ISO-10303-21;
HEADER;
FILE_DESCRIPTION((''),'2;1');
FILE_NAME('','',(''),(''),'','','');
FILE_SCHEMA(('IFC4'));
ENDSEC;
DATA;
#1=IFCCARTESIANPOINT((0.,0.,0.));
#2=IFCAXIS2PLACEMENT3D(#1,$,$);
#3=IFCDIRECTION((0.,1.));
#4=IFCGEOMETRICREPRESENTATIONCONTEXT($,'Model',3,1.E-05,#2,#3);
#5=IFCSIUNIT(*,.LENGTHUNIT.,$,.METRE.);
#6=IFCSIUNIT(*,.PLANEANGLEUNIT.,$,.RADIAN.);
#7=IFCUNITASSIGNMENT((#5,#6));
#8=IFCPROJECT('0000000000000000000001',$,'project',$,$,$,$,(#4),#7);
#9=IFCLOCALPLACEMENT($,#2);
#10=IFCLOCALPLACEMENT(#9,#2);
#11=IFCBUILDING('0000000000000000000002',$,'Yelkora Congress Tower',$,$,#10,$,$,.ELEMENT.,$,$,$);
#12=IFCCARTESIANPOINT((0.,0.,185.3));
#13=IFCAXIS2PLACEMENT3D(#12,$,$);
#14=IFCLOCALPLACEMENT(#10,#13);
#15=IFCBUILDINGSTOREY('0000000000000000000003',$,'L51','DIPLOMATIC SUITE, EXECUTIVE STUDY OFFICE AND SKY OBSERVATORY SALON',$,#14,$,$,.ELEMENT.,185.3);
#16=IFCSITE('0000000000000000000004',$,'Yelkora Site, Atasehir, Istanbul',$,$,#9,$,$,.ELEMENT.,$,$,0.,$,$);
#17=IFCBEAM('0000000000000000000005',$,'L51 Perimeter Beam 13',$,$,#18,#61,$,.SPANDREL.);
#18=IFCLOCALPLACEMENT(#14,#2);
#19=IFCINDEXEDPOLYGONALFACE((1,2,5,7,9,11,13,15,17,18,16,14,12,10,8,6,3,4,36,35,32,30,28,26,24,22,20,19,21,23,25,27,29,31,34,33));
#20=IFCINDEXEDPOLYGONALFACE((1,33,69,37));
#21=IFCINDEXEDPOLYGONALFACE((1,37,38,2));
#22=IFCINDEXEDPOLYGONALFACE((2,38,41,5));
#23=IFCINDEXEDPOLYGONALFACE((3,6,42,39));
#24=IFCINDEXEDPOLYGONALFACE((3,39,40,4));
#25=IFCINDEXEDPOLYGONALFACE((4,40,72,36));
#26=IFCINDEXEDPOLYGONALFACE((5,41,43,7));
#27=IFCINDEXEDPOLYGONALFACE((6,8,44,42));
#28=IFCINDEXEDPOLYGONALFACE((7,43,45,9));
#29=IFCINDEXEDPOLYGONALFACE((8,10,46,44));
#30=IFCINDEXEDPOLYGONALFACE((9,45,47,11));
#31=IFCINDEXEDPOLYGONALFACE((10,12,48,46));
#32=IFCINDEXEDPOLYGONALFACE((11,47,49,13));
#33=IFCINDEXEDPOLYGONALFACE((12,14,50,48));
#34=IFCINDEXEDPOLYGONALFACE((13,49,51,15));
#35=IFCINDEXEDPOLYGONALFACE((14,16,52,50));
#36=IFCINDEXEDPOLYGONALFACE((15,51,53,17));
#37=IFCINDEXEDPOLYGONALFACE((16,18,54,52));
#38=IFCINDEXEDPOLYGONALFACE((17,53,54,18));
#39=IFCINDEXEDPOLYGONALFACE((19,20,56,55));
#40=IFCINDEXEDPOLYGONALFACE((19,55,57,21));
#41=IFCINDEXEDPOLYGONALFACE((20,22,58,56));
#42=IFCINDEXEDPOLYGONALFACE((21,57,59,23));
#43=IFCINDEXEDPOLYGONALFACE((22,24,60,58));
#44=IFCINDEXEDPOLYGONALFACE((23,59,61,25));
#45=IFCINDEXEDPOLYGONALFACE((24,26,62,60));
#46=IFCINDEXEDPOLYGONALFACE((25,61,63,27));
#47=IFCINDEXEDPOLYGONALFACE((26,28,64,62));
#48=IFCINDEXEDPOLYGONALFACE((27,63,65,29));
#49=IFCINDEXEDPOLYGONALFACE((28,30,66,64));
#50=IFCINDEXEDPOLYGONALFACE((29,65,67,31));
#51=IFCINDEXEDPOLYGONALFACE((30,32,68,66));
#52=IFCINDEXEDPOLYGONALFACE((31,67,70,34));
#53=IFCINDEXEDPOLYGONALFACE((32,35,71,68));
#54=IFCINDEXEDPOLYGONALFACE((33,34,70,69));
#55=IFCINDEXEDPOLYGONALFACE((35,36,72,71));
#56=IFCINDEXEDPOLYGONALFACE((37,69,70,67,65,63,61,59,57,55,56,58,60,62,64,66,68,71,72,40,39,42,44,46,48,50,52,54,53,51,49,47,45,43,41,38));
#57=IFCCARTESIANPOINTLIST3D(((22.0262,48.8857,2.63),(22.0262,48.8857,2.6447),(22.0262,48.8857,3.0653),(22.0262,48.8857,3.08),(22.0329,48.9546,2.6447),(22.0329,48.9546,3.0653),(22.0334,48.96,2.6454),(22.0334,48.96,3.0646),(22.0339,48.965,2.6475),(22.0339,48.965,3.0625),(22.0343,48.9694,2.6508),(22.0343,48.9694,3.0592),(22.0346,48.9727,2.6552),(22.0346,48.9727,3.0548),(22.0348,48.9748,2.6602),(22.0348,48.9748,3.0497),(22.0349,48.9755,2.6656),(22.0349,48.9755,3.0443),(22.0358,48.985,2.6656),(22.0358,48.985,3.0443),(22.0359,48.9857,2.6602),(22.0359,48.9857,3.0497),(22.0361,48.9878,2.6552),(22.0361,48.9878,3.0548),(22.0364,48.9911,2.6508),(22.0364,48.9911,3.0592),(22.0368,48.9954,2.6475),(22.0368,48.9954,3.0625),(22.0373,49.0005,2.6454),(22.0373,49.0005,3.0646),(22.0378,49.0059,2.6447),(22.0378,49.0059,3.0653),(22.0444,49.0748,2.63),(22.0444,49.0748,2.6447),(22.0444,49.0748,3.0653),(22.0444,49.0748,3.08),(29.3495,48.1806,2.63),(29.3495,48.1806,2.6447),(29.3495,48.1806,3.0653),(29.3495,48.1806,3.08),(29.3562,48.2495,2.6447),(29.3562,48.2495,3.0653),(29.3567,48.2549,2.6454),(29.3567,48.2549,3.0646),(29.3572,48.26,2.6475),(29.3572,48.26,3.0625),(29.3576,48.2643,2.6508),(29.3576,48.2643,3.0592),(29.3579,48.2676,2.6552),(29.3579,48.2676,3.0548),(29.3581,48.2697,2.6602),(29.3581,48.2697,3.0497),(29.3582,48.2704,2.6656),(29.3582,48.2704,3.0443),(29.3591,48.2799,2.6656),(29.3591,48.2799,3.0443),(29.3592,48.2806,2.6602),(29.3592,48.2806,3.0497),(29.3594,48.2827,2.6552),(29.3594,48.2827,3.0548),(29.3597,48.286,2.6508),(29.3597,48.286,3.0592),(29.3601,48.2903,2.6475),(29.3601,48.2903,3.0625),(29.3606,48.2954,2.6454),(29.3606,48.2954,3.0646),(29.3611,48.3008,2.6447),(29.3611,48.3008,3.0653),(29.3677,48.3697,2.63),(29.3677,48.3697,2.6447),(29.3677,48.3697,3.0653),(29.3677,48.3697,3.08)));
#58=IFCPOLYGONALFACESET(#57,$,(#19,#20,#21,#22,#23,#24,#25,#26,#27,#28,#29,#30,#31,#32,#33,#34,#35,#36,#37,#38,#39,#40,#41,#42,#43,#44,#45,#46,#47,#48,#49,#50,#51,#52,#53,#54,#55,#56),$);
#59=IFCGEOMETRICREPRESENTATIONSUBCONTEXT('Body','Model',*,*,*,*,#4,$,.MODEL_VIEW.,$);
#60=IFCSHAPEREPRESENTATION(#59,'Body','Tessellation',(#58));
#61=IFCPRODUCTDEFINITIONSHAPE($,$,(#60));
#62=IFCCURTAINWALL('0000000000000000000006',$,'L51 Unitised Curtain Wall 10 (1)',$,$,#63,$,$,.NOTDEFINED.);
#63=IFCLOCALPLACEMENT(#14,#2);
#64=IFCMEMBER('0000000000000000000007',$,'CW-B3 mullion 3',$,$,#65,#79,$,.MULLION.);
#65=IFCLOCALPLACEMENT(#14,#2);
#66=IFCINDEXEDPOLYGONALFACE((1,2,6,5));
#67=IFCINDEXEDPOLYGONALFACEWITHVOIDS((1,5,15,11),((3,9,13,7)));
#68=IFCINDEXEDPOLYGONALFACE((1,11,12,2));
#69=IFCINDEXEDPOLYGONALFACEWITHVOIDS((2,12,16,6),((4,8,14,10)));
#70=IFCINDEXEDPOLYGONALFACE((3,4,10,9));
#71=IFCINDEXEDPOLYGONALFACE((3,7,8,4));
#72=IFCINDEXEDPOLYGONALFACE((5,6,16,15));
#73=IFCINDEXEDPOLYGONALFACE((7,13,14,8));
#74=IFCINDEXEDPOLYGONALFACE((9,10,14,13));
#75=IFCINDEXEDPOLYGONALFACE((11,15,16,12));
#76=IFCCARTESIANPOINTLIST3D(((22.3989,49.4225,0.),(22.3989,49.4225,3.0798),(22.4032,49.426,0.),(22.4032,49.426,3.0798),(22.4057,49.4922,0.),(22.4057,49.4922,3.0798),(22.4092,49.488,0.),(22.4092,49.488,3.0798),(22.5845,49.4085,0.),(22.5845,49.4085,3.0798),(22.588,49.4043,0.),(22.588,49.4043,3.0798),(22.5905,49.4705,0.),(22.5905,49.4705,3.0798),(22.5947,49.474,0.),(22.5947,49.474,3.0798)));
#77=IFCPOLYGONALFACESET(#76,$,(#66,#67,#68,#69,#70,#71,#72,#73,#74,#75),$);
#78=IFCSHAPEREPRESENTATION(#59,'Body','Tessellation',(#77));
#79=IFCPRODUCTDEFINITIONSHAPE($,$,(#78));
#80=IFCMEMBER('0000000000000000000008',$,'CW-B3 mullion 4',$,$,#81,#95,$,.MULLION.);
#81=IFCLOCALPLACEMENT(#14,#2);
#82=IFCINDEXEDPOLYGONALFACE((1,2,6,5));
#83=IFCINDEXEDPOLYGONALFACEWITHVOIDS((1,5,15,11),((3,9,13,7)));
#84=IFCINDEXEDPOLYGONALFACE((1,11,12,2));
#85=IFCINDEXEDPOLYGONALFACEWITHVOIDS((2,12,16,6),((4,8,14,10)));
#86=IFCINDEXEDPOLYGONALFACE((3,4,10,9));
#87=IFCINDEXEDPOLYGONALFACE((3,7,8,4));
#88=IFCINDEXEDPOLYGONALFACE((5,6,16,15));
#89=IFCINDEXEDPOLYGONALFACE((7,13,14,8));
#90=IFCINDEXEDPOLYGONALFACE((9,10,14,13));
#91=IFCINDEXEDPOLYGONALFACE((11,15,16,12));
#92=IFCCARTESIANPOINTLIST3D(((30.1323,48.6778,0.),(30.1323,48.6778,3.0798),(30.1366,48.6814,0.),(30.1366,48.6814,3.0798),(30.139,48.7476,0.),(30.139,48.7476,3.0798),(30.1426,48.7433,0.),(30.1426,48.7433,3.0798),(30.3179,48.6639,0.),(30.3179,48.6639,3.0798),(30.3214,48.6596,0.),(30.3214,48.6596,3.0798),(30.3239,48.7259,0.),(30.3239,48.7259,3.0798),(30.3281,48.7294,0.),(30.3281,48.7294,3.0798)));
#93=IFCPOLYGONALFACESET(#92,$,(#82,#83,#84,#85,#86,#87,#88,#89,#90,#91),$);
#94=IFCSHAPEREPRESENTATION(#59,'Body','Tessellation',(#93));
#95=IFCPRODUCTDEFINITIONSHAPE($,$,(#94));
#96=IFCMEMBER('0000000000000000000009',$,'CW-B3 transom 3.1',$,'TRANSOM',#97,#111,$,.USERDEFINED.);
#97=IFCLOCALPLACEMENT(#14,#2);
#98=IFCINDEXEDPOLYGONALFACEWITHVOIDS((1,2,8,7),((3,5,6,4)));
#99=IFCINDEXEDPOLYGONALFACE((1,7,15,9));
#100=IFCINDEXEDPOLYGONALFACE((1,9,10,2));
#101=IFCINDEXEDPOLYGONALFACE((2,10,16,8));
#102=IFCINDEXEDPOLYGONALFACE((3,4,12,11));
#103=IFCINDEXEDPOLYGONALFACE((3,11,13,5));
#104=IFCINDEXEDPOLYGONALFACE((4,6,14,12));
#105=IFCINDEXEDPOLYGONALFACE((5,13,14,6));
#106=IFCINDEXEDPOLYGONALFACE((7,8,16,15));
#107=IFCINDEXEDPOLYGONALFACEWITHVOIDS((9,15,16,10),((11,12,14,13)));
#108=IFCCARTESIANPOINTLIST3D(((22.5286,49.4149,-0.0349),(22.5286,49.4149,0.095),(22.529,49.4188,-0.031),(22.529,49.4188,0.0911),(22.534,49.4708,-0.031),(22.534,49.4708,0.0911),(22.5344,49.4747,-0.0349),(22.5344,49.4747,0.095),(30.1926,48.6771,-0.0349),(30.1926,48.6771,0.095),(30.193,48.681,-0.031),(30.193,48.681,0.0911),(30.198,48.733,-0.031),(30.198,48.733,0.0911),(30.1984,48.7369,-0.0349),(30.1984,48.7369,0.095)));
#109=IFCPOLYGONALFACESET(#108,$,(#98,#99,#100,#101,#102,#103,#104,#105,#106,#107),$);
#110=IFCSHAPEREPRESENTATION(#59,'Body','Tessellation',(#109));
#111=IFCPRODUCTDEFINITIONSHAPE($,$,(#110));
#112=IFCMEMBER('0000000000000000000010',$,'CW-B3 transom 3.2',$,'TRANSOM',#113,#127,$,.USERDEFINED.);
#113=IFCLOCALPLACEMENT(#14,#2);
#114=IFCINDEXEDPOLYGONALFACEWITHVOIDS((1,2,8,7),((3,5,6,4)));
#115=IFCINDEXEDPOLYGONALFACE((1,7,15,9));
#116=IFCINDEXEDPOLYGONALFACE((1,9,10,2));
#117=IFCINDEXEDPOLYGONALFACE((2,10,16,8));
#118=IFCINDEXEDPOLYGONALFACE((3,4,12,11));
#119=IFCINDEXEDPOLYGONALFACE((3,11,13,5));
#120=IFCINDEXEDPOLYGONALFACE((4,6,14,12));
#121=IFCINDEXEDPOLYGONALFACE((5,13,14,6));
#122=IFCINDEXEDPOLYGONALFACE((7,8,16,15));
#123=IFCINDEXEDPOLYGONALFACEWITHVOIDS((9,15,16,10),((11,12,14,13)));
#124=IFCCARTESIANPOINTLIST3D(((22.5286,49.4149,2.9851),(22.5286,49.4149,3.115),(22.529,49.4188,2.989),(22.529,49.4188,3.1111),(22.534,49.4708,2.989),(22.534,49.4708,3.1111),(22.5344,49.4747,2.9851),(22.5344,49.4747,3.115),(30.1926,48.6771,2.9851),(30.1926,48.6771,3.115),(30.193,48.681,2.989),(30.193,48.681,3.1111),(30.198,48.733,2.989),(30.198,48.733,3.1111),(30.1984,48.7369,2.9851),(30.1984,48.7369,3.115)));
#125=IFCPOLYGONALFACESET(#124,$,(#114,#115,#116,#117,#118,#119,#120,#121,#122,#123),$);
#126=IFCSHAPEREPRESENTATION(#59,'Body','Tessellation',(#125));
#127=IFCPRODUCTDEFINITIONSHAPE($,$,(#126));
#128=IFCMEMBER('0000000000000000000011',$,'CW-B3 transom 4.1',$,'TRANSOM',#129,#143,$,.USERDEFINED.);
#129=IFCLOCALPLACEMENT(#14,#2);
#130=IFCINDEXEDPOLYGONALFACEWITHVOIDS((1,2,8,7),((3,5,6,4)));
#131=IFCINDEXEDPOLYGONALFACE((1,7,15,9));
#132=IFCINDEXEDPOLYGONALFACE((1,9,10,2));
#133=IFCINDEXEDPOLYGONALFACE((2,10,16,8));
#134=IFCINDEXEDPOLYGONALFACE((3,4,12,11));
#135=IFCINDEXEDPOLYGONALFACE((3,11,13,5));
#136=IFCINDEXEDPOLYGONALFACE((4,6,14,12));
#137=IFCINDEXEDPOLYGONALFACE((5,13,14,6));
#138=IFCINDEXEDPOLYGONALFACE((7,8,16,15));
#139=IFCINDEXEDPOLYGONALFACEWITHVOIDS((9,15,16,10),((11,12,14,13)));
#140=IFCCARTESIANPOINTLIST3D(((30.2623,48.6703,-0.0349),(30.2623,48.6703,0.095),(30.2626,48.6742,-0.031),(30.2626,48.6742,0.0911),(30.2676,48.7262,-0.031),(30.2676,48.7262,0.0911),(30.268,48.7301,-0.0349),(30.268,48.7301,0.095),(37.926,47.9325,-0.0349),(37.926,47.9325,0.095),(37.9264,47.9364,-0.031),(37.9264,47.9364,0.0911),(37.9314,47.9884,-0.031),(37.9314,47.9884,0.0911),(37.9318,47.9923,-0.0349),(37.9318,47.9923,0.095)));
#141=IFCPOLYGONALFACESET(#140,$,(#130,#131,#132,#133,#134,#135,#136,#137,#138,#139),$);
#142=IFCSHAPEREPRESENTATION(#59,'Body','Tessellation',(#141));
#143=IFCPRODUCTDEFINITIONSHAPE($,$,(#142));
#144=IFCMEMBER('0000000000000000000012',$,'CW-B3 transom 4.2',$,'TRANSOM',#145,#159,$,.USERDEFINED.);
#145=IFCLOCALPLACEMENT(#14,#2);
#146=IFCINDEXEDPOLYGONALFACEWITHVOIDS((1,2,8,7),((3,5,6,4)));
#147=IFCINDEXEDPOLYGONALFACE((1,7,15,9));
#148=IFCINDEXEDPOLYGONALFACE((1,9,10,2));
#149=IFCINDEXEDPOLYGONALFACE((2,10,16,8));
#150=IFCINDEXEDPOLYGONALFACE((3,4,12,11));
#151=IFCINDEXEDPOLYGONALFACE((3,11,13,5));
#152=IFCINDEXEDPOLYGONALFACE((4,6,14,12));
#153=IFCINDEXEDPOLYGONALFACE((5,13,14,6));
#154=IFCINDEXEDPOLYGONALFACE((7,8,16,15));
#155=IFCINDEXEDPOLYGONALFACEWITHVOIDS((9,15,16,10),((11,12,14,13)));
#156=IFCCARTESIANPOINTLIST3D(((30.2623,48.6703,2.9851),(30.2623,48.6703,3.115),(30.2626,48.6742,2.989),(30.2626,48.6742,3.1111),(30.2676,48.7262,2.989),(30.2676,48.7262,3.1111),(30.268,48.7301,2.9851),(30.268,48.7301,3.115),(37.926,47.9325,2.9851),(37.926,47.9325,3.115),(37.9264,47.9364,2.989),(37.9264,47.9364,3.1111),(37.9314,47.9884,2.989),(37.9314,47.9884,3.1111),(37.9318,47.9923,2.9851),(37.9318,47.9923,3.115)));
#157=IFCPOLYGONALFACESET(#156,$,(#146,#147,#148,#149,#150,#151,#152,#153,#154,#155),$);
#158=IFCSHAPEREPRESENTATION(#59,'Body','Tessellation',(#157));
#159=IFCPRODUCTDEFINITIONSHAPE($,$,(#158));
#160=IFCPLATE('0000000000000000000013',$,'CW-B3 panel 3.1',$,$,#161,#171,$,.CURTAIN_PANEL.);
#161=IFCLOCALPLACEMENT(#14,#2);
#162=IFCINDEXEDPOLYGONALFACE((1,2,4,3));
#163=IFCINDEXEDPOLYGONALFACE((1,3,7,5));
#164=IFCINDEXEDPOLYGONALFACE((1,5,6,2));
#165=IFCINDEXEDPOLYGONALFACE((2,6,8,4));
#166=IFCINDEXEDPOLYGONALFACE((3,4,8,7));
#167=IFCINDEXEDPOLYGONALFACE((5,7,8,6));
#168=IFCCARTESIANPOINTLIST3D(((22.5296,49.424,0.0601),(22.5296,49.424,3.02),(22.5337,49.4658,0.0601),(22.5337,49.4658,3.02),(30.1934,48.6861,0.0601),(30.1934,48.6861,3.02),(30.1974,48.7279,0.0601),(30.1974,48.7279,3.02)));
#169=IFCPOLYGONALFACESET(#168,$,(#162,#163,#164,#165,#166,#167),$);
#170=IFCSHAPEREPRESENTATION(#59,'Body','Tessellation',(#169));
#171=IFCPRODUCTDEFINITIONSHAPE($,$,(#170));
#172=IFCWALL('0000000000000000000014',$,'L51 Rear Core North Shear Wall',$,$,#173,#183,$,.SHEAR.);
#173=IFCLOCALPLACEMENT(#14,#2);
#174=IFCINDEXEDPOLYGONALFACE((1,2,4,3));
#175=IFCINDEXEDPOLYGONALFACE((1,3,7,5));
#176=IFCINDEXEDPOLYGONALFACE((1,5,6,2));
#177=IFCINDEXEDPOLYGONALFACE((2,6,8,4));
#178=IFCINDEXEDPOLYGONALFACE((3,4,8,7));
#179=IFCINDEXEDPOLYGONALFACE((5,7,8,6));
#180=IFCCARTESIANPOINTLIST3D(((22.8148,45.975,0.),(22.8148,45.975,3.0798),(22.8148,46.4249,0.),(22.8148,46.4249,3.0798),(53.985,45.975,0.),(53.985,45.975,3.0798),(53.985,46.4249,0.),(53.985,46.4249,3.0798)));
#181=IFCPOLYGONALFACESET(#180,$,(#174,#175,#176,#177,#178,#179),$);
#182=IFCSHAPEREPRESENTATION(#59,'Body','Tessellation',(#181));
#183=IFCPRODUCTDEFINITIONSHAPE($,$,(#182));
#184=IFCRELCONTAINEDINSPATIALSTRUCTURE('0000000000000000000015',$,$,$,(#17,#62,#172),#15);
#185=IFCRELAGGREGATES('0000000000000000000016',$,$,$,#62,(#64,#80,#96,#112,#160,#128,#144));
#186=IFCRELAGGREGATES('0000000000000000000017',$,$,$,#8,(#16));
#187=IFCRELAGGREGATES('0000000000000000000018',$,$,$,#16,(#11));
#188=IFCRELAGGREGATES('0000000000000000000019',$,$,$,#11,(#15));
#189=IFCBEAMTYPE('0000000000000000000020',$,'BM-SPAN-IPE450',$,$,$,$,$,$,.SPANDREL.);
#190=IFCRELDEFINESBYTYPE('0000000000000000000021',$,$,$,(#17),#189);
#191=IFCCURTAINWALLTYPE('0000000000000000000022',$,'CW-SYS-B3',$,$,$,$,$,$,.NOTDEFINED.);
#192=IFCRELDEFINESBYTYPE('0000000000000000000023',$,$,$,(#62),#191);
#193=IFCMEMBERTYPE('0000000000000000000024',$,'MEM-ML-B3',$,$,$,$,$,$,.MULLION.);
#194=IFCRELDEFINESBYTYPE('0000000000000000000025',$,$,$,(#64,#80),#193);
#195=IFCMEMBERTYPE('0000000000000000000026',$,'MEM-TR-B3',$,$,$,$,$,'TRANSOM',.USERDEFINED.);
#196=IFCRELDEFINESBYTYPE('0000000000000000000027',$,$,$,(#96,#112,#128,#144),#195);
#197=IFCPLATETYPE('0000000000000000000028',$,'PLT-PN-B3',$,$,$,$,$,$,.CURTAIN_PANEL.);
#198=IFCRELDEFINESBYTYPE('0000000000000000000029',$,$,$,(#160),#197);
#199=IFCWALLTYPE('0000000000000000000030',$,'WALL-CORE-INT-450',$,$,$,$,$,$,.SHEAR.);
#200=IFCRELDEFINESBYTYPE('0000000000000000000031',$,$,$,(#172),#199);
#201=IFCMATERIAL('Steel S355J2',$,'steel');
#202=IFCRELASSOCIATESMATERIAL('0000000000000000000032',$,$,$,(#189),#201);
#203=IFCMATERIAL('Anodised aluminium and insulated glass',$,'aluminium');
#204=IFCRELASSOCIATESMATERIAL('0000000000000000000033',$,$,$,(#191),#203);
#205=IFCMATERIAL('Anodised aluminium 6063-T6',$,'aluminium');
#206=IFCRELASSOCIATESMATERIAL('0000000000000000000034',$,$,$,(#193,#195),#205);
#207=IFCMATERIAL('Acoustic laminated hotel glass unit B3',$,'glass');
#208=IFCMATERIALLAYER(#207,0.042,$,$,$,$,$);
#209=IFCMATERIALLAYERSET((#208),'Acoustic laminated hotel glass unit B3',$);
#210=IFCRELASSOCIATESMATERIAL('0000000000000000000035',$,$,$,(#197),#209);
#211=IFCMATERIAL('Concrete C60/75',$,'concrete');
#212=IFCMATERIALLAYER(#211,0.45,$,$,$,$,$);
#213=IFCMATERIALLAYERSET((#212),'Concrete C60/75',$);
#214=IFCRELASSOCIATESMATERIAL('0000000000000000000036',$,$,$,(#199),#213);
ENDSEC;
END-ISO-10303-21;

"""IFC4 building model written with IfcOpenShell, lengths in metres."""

from ifc_helpers import new_model, si_unit, direction, frame, frame_2d, origin, origin_2d, place, context, subcontext, project, spatial, rectangle, hollow_rectangle, i_section, extrude, material, layer, layer_set, material_profile, profile_set, type_object, element, aggregate, save


model = new_model("IFC4")

# Units and contexts
model_context = context("Model", 3, precision=1e-05, world=origin(), true_north=direction((0.0, 1.0)))
body_context = subcontext(model_context, "Body", "Model", "MODEL_VIEW")
ifc_project = project(units=[si_unit("LENGTHUNIT", "METRE"), si_unit("PLANEANGLEUNIT", "RADIAN")], contexts=[model_context])

# Site, building, storey
site_placement = place(None, origin())
site = spatial("IfcSite", under=ifc_project, at=site_placement, Name="Yelkora Site, Atasehir, Istanbul", CompositionType="ELEMENT", RefElevation=0.0)
building_placement = place(site_placement, origin())
building = spatial("IfcBuilding", under=site, at=building_placement, Name="Yelkora Congress Tower", CompositionType="ELEMENT")
storey_placement = place(building_placement, frame((0.0, 0.0, 185.3)))
storey = spatial("IfcBuildingStorey", under=building, at=storey_placement, Name="L51", Description="DIPLOMATIC SUITE, EXECUTIVE STUDY OFFICE AND SKY OBSERVATORY SALON", CompositionType="ELEMENT", Elevation=185.3)

# Beam
ifc_material_1 = material(Name="Steel S355J2", Category="steel")
ifc_material_profile_1 = material_profile(ifc_material_1, i_section(OverallWidth=0.1899, OverallDepth=0.45, WebThickness=0.0095, FlangeThickness=0.0146, FilletRadius=0.021, at=origin_2d()), Name="IPE 450")
ifc_profile_set_1 = profile_set([ifc_material_profile_1], Name="Steel S355J2")
beam_type_1 = type_object("IfcBeamType", Name="BM-SPAN-IPE450", PredefinedType="SPANDREL", material=ifc_profile_set_1)
beam_1_placement = place(storey_placement, frame((29.3586, 48.2751, 2.855), z_axis=(-0.995397, 0.095836, 0.0), x_axis=(-0.095836, -0.995397, 0.0)))
element("IfcBeam", 1, at=beam_1_placement, inside=storey, type_object=beam_type_1, Name="L51 Perimeter Beam 13", PredefinedType="SPANDREL", context=body_context, shape_type="SweptSolid", body=[
    extrude(i_section(OverallWidth=0.1899, OverallDepth=0.45, WebThickness=0.0095, FlangeThickness=0.0146, FilletRadius=0.021, at=origin_2d()), origin(), (0.0, 0.0, 1.0), 7.3572),
])

# Curtain wall, members, plate
ifc_material_2 = material(Name="Anodised aluminium and insulated glass", Category="aluminium")
curtain_wall_type = type_object("IfcCurtainWallType", Name="CW-SYS-B3", PredefinedType="NOTDEFINED", material=ifc_material_2)
curtain_wall_placement = place(storey_placement, origin())
curtain_wall = element("IfcCurtainWall", 2, at=curtain_wall_placement, inside=storey, type_object=curtain_wall_type, Name="L51 Unitised Curtain Wall 10 (1)", PredefinedType="NOTDEFINED")
ifc_material_3 = material(Name="Anodised aluminium 6063-T6", Category="aluminium")
ifc_material_profile_2 = material_profile(ifc_material_3, hollow_rectangle(XDim=0.0701, YDim=0.1899, WallThickness=0.0039, at=origin_2d()), Name="ALU 70x190x4")
ifc_profile_set_2 = profile_set([ifc_material_profile_2], Name="Anodised aluminium 6063-T6")
member_type_1 = type_object("IfcMemberType", Name="MEM-ML-B3", PredefinedType="MULLION", material=ifc_profile_set_2)
member_1_placement = place(storey_placement, frame((22.4968, 49.4482, 0.0), z_axis=(0.0, 0.0, 1.0), x_axis=(0.095845, 0.995396, 0.0)))
member_1 = element("IfcMember", 3, at=member_1_placement, type_object=member_type_1, Name="CW-B3 mullion 3", PredefinedType="MULLION", context=body_context, shape_type="SweptSolid", body=[
    extrude(hollow_rectangle(XDim=0.0701, YDim=0.1899, WallThickness=0.0039, at=origin_2d()), origin(), (0.0, 0.0, 1.0), 3.0798),
])
member_2_placement = place(storey_placement, frame((30.2302, 48.7036, 0.0), z_axis=(0.0, 0.0, 1.0), x_axis=(0.095845, 0.995396, 0.0)))
member_2 = element("IfcMember", 4, at=member_2_placement, type_object=member_type_1, Name="CW-B3 mullion 4", PredefinedType="MULLION", context=body_context, shape_type="SweptSolid", body=[
    extrude(hollow_rectangle(XDim=0.0701, YDim=0.1899, WallThickness=0.0039, at=origin_2d()), origin(), (0.0, 0.0, 1.0), 3.0798),
])
ifc_material_profile_3 = material_profile(ifc_material_3, hollow_rectangle(XDim=0.0601, YDim=0.1299, WallThickness=0.0039, at=origin_2d()), Name="ALU 60x130x4")
ifc_profile_set_3 = profile_set([ifc_material_profile_3], Name="Anodised aluminium 6063-T6")
member_type_2 = type_object("IfcMemberType", Name="MEM-TR-B3", ElementType="TRANSOM", PredefinedType="USERDEFINED", material=ifc_profile_set_3)
member_3_placement = place(storey_placement, frame((22.5315, 49.4448, 0.03), z_axis=(0.995398, -0.095824, 0.0), x_axis=(0.095824, 0.995398, 0.0)))
member_3 = element("IfcMember", 5, at=member_3_placement, type_object=member_type_2, Name="CW-B3 transom 3.1", ObjectType="TRANSOM", PredefinedType="USERDEFINED", context=body_context, shape_type="SweptSolid", body=[
    extrude(hollow_rectangle(XDim=0.0601, YDim=0.1299, WallThickness=0.0039, at=origin_2d()), origin(), (0.0, 0.0, 1.0), 7.6995),
])
member_4_placement = place(storey_placement, frame((22.5315, 49.4448, 3.05), z_axis=(0.995398, -0.095824, 0.0), x_axis=(0.095824, 0.995398, 0.0)))
member_4 = element("IfcMember", 6, at=member_4_placement, type_object=member_type_2, Name="CW-B3 transom 3.2", ObjectType="TRANSOM", PredefinedType="USERDEFINED", context=body_context, shape_type="SweptSolid", body=[
    extrude(hollow_rectangle(XDim=0.0601, YDim=0.1299, WallThickness=0.0039, at=origin_2d()), origin(), (0.0, 0.0, 1.0), 7.6995),
])
member_5_placement = place(storey_placement, frame((30.2651, 48.7002, 0.03), z_axis=(0.995398, -0.095827, 0.0), x_axis=(0.095827, 0.995398, 0.0)))
member_5 = element("IfcMember", 7, at=member_5_placement, type_object=member_type_2, Name="CW-B3 transom 4.1", ObjectType="TRANSOM", PredefinedType="USERDEFINED", context=body_context, shape_type="SweptSolid", body=[
    extrude(hollow_rectangle(XDim=0.0601, YDim=0.1299, WallThickness=0.0039, at=origin_2d()), origin(), (0.0, 0.0, 1.0), 7.6992),
])
member_6_placement = place(storey_placement, frame((30.2651, 48.7002, 3.05), z_axis=(0.995398, -0.095827, 0.0), x_axis=(0.095827, 0.995398, 0.0)))
member_6 = element("IfcMember", 8, at=member_6_placement, type_object=member_type_2, Name="CW-B3 transom 4.2", ObjectType="TRANSOM", PredefinedType="USERDEFINED", context=body_context, shape_type="SweptSolid", body=[
    extrude(hollow_rectangle(XDim=0.0601, YDim=0.1299, WallThickness=0.0039, at=origin_2d()), origin(), (0.0, 0.0, 1.0), 7.6992),
])
ifc_material_4 = material(Name="Acoustic laminated hotel glass unit B3", Category="glass")
ifc_layer_1 = layer(ifc_material_4, 0.042)
ifc_layer_set_1 = layer_set([ifc_layer_1], Name="Acoustic laminated hotel glass unit B3")
plate_type = type_object("IfcPlateType", Name="PLT-PN-B3", PredefinedType="CURTAIN_PANEL", material=ifc_layer_set_1)
plate_placement = place(storey_placement, frame((26.3635, 49.0759, 0.0601), z_axis=(0.0, 0.0, 1.0), x_axis=(0.995396, -0.095845, 0.0)))
plate = element("IfcPlate", 9, at=plate_placement, type_object=plate_type, Name="CW-B3 panel 3.1", PredefinedType="CURTAIN_PANEL", context=body_context, shape_type="SweptSolid", body=[
    extrude(rectangle(XDim=7.6992, YDim=0.042, at=origin_2d()), origin(), (0.0, 0.0, 1.0), 2.96),
])
aggregate(curtain_wall, [member_1, member_2, member_3, member_4, plate, member_5, member_6])

# Wall
ifc_material_5 = material(Name="Concrete C60/75", Category="concrete")
ifc_layer_2 = layer(ifc_material_5, 0.45)
ifc_layer_set_2 = layer_set([ifc_layer_2], Name="Concrete C60/75")
wall_type_1 = type_object("IfcWallType", Name="WALL-CORE-INT-450", PredefinedType="SHEAR", material=ifc_layer_set_2)
wall_1_placement = place(storey_placement, frame((22.8149, 46.2, 0.0), z_axis=(0.0, 0.0, 1.0), x_axis=(1.0, 0.0, 0.0)))
element("IfcWall", 10, at=wall_1_placement, inside=storey, type_object=wall_type_1, Name="L51 Rear Core North Shear Wall", PredefinedType="SHEAR", context=body_context, shape_type="SweptSolid", body=[
    extrude(rectangle(XDim=31.1702, YDim=0.45, at=frame_2d((15.585, 0.0))), origin(), (0.0, 0.0, 1.0), 3.0798),
])

save(model, "model.ifc")
